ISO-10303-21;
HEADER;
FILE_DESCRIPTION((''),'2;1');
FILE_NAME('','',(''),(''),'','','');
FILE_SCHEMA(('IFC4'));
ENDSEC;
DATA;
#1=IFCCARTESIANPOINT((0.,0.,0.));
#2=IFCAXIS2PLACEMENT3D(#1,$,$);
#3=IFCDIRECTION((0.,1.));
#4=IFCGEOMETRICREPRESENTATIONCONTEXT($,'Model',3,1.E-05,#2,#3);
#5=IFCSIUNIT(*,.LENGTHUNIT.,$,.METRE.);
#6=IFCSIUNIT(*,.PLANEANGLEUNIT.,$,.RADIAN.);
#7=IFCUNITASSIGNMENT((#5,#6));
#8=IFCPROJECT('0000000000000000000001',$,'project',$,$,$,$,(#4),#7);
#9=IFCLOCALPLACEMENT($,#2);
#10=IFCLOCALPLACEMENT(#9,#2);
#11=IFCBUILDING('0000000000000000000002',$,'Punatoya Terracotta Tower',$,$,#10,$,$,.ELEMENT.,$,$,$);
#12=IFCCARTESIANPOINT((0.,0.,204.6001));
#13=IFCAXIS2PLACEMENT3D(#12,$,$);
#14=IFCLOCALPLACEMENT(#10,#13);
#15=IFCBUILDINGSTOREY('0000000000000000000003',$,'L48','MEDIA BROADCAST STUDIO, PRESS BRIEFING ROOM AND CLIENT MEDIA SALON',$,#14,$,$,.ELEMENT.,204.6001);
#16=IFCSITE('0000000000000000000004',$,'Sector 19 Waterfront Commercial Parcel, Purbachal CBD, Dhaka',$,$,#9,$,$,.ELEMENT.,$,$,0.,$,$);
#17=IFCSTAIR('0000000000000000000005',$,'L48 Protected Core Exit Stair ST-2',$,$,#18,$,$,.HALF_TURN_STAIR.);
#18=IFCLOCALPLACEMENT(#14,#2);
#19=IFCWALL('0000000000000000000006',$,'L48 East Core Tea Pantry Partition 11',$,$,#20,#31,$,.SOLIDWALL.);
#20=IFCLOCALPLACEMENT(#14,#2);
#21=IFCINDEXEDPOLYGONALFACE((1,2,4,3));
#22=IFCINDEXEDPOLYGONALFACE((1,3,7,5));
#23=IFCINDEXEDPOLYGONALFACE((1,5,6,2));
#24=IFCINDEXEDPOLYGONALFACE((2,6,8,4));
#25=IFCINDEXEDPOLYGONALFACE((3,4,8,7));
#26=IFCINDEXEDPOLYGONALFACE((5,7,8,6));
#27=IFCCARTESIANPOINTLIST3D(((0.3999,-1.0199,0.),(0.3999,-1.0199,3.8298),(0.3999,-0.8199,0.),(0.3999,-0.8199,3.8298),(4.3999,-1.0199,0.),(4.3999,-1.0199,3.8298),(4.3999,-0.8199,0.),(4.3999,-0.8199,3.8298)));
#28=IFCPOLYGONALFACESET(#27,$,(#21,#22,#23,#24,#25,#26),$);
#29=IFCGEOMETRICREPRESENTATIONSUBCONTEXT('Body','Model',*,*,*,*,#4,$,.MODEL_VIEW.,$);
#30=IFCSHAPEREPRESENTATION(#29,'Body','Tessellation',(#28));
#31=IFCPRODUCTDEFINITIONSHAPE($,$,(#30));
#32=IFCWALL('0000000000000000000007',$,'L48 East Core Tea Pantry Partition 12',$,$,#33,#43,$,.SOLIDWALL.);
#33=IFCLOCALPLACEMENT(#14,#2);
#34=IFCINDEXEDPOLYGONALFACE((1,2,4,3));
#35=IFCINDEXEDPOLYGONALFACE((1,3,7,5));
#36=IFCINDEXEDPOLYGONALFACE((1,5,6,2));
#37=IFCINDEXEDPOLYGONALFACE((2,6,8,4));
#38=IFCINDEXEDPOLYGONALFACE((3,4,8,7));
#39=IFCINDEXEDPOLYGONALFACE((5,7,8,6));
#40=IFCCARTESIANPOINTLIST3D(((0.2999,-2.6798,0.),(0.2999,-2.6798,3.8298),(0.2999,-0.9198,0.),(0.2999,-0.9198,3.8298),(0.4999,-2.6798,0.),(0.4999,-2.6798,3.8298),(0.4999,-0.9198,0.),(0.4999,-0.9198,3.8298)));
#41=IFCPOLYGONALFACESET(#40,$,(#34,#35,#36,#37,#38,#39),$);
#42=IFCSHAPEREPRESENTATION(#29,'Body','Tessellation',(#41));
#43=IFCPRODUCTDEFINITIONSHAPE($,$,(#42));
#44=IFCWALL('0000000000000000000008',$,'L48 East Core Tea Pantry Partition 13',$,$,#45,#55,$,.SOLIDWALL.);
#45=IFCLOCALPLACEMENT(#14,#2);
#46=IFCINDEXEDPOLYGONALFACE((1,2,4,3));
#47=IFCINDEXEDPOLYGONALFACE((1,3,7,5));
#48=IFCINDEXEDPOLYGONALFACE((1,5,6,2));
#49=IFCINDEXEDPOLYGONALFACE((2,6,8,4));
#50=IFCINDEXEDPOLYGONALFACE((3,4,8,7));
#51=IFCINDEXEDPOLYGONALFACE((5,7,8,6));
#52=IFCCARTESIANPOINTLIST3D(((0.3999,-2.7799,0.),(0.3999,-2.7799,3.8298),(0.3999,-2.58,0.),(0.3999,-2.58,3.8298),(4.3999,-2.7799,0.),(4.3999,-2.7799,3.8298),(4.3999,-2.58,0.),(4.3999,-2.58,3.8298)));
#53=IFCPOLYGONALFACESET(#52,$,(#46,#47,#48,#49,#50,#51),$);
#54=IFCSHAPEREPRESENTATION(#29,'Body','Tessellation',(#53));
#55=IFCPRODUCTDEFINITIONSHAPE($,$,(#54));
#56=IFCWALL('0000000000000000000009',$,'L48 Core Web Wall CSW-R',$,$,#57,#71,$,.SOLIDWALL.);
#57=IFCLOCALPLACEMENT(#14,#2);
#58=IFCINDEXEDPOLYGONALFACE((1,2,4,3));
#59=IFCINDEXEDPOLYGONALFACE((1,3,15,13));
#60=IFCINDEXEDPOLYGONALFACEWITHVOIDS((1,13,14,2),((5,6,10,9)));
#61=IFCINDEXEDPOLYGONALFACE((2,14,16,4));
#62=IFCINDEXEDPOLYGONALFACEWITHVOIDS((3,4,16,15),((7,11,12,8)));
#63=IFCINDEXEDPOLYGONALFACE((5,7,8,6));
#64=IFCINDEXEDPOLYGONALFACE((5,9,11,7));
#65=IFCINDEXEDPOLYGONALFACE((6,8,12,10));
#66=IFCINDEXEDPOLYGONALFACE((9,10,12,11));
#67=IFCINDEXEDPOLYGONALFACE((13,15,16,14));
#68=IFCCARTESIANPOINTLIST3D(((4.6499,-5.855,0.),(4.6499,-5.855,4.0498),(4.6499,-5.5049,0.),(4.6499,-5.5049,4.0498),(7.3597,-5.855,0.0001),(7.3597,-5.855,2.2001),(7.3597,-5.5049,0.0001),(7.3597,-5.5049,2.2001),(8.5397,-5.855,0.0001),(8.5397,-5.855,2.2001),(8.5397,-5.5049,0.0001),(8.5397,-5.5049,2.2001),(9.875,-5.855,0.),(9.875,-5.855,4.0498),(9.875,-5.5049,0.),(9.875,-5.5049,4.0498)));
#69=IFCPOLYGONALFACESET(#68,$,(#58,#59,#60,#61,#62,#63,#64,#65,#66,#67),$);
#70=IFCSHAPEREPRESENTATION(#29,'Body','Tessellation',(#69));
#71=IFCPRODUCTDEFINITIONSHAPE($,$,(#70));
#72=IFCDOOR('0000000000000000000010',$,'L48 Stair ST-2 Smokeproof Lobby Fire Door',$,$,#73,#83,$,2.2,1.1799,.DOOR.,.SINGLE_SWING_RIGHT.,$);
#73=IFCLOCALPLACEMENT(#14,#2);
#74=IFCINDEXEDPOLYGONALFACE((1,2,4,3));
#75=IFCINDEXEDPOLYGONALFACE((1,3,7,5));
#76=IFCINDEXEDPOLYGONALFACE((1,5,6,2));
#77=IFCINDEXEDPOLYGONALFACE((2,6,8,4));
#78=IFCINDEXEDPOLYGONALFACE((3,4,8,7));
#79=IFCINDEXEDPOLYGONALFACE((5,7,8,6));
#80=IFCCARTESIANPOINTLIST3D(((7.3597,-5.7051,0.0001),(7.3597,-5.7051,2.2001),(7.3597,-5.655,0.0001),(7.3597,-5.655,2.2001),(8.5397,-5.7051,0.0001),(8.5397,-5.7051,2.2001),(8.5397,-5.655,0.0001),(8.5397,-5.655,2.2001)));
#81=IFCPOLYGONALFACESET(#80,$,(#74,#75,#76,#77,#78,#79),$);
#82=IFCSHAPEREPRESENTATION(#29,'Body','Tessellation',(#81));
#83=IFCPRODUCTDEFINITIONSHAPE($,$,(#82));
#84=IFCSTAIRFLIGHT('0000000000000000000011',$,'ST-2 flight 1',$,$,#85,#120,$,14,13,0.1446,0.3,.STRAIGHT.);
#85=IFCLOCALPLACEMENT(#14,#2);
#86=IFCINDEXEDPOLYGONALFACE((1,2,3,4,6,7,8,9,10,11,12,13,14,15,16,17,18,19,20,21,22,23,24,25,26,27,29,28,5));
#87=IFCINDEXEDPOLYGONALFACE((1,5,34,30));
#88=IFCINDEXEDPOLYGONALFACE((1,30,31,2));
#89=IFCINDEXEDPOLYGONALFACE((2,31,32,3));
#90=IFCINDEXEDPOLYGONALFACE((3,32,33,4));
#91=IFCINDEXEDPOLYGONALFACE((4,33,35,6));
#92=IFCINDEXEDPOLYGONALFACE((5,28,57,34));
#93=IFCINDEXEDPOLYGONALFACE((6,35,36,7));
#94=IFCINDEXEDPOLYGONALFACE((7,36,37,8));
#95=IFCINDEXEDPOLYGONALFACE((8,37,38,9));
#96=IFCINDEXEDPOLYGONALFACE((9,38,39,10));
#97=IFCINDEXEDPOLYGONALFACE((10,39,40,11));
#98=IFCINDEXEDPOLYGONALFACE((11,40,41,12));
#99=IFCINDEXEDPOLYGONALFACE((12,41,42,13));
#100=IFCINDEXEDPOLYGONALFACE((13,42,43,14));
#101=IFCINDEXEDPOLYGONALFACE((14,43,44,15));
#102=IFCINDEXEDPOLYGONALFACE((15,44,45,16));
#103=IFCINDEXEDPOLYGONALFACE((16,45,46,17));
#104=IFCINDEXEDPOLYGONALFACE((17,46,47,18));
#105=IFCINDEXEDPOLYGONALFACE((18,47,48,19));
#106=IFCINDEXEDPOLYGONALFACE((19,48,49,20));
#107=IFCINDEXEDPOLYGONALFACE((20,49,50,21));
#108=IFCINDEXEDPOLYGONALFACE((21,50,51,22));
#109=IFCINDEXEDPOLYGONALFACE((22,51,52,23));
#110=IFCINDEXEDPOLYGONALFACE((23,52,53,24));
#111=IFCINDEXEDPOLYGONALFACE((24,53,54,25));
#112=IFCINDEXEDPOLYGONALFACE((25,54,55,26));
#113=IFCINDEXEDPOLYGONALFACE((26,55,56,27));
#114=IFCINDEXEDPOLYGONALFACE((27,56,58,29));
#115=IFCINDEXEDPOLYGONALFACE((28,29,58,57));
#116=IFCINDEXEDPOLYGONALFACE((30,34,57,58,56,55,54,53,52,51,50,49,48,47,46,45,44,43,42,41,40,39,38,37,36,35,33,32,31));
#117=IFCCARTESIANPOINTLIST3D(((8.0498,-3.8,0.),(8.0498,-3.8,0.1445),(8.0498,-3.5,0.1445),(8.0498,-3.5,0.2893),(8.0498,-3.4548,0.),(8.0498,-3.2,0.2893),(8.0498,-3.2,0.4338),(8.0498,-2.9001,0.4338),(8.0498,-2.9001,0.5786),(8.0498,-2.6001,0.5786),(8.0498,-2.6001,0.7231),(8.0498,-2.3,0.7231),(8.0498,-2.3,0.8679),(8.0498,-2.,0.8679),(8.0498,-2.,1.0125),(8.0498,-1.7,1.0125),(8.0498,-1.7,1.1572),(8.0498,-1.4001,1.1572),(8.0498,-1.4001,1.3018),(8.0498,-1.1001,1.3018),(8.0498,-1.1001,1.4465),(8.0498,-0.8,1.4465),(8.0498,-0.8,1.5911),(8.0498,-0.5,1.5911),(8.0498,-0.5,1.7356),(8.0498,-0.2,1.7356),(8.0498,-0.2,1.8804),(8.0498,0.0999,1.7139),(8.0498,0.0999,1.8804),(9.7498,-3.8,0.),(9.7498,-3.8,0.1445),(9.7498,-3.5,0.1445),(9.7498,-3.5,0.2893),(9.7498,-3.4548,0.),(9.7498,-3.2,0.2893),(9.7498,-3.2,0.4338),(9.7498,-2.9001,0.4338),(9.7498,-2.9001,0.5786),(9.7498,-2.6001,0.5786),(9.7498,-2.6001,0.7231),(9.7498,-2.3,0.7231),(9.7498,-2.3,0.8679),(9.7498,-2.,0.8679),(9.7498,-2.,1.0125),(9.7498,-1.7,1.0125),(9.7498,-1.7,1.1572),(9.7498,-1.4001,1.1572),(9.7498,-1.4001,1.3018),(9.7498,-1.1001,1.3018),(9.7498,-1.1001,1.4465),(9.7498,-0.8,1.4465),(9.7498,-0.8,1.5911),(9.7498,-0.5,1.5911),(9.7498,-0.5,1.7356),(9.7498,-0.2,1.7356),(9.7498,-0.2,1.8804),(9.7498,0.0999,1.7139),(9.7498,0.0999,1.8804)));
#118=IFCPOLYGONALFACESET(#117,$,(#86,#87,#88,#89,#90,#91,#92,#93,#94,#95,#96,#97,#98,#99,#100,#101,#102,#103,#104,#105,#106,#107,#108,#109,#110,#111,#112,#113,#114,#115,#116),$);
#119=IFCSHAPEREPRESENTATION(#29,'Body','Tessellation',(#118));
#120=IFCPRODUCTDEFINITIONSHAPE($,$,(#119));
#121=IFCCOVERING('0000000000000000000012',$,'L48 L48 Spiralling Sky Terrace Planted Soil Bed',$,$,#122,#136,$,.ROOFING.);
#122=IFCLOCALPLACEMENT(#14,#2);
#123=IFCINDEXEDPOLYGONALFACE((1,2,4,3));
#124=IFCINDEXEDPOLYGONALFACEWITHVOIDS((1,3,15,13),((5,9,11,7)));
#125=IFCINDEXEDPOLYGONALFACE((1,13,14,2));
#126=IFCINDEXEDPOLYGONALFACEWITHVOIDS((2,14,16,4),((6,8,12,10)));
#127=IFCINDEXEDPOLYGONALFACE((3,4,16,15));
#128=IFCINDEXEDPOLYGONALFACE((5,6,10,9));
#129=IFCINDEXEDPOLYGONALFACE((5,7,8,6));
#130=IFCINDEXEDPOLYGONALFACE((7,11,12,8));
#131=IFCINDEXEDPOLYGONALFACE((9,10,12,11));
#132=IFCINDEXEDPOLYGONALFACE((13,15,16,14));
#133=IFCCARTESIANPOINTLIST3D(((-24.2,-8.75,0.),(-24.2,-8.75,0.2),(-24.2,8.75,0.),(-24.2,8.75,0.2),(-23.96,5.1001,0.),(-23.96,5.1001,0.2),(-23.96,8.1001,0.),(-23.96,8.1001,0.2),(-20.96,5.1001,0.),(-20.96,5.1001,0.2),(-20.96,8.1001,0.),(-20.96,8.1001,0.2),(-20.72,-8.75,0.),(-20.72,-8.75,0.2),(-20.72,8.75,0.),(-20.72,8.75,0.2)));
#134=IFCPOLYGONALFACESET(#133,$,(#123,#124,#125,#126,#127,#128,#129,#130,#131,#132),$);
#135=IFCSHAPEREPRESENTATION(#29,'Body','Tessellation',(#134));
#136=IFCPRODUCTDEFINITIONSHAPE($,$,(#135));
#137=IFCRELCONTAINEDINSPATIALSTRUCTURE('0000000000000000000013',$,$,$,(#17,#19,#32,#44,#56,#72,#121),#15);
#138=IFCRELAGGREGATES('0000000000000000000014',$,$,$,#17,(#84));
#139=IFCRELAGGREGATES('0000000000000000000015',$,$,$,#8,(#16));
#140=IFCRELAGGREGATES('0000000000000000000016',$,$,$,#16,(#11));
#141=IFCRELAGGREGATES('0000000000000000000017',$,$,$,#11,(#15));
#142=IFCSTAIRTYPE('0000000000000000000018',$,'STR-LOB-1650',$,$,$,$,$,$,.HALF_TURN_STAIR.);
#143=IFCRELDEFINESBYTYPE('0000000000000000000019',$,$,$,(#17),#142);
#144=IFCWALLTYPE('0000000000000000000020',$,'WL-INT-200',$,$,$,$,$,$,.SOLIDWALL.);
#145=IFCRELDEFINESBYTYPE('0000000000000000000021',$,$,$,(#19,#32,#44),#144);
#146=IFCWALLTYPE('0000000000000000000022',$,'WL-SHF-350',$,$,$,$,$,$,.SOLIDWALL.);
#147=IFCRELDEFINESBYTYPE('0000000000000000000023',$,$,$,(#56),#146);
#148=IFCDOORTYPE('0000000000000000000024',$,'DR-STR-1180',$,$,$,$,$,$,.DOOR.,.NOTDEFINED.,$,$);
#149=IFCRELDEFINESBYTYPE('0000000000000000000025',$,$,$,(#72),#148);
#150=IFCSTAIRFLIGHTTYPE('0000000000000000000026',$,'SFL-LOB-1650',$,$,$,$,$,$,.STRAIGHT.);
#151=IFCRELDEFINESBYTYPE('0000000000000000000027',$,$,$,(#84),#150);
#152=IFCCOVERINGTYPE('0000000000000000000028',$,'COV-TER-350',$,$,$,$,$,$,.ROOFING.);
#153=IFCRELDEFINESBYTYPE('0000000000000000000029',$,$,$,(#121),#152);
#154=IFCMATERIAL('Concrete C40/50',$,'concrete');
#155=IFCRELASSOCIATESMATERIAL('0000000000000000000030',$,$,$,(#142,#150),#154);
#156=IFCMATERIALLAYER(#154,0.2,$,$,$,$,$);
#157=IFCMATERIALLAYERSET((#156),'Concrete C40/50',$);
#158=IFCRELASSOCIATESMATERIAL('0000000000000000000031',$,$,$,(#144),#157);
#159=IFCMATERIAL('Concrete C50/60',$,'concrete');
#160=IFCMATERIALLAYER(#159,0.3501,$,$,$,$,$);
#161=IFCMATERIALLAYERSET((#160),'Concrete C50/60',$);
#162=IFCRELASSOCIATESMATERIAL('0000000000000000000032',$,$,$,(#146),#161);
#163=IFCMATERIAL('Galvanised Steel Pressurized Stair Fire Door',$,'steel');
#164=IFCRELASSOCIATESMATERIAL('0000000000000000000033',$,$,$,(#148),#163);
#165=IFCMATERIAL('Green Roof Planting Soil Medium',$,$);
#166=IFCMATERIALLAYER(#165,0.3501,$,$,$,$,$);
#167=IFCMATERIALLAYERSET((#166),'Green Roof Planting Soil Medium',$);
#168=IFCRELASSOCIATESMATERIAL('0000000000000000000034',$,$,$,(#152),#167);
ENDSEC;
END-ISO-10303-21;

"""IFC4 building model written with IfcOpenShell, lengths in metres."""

from ifc_helpers import new_model, si_unit, direction, frame, frame_2d, origin, place, context, subcontext, project, spatial, polyline, rectangle, outline, extrude, material, layer, layer_set, type_object, element, fill, aggregate, save


model = new_model("IFC4")

# Units and contexts
model_context = context("Model", 3, precision=1e-05, world=origin(), true_north=direction((0.0, 1.0)))
body_context = subcontext(model_context, "Body", "Model", "MODEL_VIEW")
ifc_project = project(units=[si_unit("LENGTHUNIT", "METRE"), si_unit("PLANEANGLEUNIT", "RADIAN")], contexts=[model_context])

# Site, building, storey
site_placement = place(None, origin())
site = spatial("IfcSite", under=ifc_project, at=site_placement, Name="Sector 19 Waterfront Commercial Parcel, Purbachal CBD, Dhaka", CompositionType="ELEMENT", RefElevation=0.0)
building_placement = place(site_placement, origin())
building = spatial("IfcBuilding", under=site, at=building_placement, Name="Punatoya Terracotta Tower", CompositionType="ELEMENT")
storey_placement = place(building_placement, frame((0.0, 0.0, 204.6001)))
storey = spatial("IfcBuildingStorey", under=building, at=storey_placement, Name="L48", Description="MEDIA BROADCAST STUDIO, PRESS BRIEFING ROOM AND CLIENT MEDIA SALON", CompositionType="ELEMENT", Elevation=204.6001)

# Stair
ifc_material_1 = material(Name="Concrete C40/50", Category="concrete")
stair_type_1 = type_object("IfcStairType", Name="STR-LOB-1650", PredefinedType="HALF_TURN_STAIR", material=ifc_material_1)
stair_1_placement = place(storey_placement, origin())
stair_1 = element("IfcStair", 1, at=stair_1_placement, inside=storey, type_object=stair_type_1, Name="L48 Protected Core Exit Stair ST-2", PredefinedType="HALF_TURN_STAIR")

# Shared definitions
ifc_layer_1 = layer(ifc_material_1, 0.2)
ifc_layer_set_1 = layer_set([ifc_layer_1], Name="Concrete C40/50")
wall_type_1 = type_object("IfcWallType", Name="WL-INT-200", PredefinedType="SOLIDWALL", material=ifc_layer_set_1)

# Walls
wall_1_placement = place(storey_placement, frame((4.3999, -0.9199, 0.0), z_axis=(0.0, 0.0, 1.0), x_axis=(-1.0, 0.0, 0.0)))
element("IfcWall", 2, at=wall_1_placement, inside=storey, type_object=wall_type_1, Name="L48 East Core Tea Pantry Partition 11", PredefinedType="SOLIDWALL", context=body_context, shape_type="SweptSolid", body=[
    extrude(rectangle(XDim=4.0, YDim=0.2, at=frame_2d((2.0, 0.0))), origin(), (0.0, 0.0, 1.0), 3.8298),
])
wall_2_placement = place(storey_placement, frame((0.3999, -0.9199, 0.0), z_axis=(0.0, 0.0, 1.0), x_axis=(0.0, -1.0, 0.0)))
element("IfcWall", 3, at=wall_2_placement, inside=storey, type_object=wall_type_1, Name="L48 East Core Tea Pantry Partition 12", PredefinedType="SOLIDWALL", context=body_context, shape_type="SweptSolid", body=[
    extrude(rectangle(XDim=1.76, YDim=0.2, at=frame_2d((0.8799, 0.0))), origin(), (0.0, 0.0, 1.0), 3.8298),
])
wall_3_placement = place(storey_placement, frame((0.3999, -2.6799, 0.0), z_axis=(0.0, 0.0, 1.0), x_axis=(1.0, 0.0, 0.0)))
element("IfcWall", 4, at=wall_3_placement, inside=storey, type_object=wall_type_1, Name="L48 East Core Tea Pantry Partition 13", PredefinedType="SOLIDWALL", context=body_context, shape_type="SweptSolid", body=[
    extrude(rectangle(XDim=4.0, YDim=0.2, at=frame_2d((2.0, 0.0))), origin(), (0.0, 0.0, 1.0), 3.8298),
])

# Wall, opening, door
ifc_material_2 = material(Name="Concrete C50/60", Category="concrete")
ifc_layer_2 = layer(ifc_material_2, 0.3501)
ifc_layer_set_2 = layer_set([ifc_layer_2], Name="Concrete C50/60")
wall_type_2 = type_object("IfcWallType", Name="WL-SHF-350", PredefinedType="SOLIDWALL", material=ifc_layer_set_2)
wall_4_placement = place(storey_placement, frame((4.6499, -5.6799, 0.0), z_axis=(0.0, 0.0, 1.0), x_axis=(1.0, 0.0, 0.0)))
wall_4 = element("IfcWall", 5, at=wall_4_placement, inside=storey, type_object=wall_type_2, Name="L48 Core Web Wall CSW-R", PredefinedType="SOLIDWALL", context=body_context, shape_type="SweptSolid", body=[
    extrude(rectangle(XDim=5.2251, YDim=0.3501, at=frame_2d((2.6125, 0.0))), origin(), (0.0, 0.0, 1.0), 4.0498),
])
opening_1_placement = place(wall_4_placement, frame((2.71, 0.0, 0.0)))
opening_1 = element("IfcOpeningElement", 6, at=opening_1_placement, cuts=wall_4, PredefinedType="OPENING", context=body_context, shape_type="SweptSolid", body=[
    extrude(rectangle(XDim=1.1799, YDim=2.2, at=frame_2d((0.5898, 1.1001))), frame((0.0, 0.1851, 0.0), z_axis=(0.0, -1.0, 0.0), x_axis=(1.0, 0.0, 0.0)), (0.0, 0.0, 1.0), 0.3701),
])
ifc_material_3 = material(Name="Galvanised Steel Pressurized Stair Fire Door", Category="steel")
door_type_1 = type_object("IfcDoorType", Name="DR-STR-1180", OperationType="NOTDEFINED", PredefinedType="DOOR", material=ifc_material_3)
door_1_placement = place(opening_1_placement, origin())
door_1 = element("IfcDoor", 7, at=door_1_placement, inside=storey, type_object=door_type_1, Name="L48 Stair ST-2 Smokeproof Lobby Fire Door", OperationType="SINGLE_SWING_RIGHT", OverallHeight=2.2, OverallWidth=1.1799, PredefinedType="DOOR", context=body_context, shape_type="SweptSolid", body=[
    extrude(rectangle(XDim=1.1799, YDim=2.2, at=frame_2d((0.5898, 1.1001))), frame((0.0, 0.0249, 0.0), z_axis=(0.0, -1.0, 0.0), x_axis=(1.0, 0.0, 0.0)), (0.0, 0.0, 1.0), 0.05),
])
fill(opening_1, door_1)

# Stair flight
stair_flight_type = type_object("IfcStairFlightType", Name="SFL-LOB-1650", PredefinedType="STRAIGHT", material=ifc_material_1)
stair_flight_placement = place(storey_placement, frame((8.8999, -3.8, 0.0), z_axis=(0.0, 0.0, 1.0), x_axis=(0.0, 1.0, 0.0)))
stair_flight = element("IfcStairFlight", 8, at=stair_flight_placement, type_object=stair_flight_type, Name="ST-2 flight 1", NumberOfRisers=14, NumberOfTreads=13, PredefinedType="STRAIGHT", RiserHeight=0.1446, TreadLength=0.3, context=body_context, shape_type="SweptSolid", body=[
    extrude(outline(polyline([(0.0, 0.0), (0.0, 0.1445), (0.3, 0.1445), (0.3, 0.2893), (0.6001, 0.2893), (0.6001, 0.4338), (0.8999, 0.4338), (0.8999, 0.5786), (1.2, 0.5786), (1.2, 0.7231), (1.5, 0.7231), (1.5, 0.8679), (1.8, 0.8679), (1.8, 1.0125), (2.1001, 1.0125), (2.1001, 1.1572), (2.3999, 1.1572), (2.3999, 1.3018), (2.7, 1.3018), (2.7, 1.4465), (3.0, 1.4465), (3.0, 1.5911), (3.3, 1.5911), (3.3, 1.7356), (3.6001, 1.7356), (3.6001, 1.8804), (3.8999, 1.8804), (3.8999, 2.0249), (3.8999, 1.7139), (0.3452, 0.0), (0.0, 0.0)])), frame((0.0, 0.8501, 0.0), z_axis=(0.0, -1.0, 0.0), x_axis=(1.0, 0.0, 0.0)), (0.0, 0.0, 1.0), 1.7),
])
aggregate(stair_1, [stair_flight])

# Covering
ifc_material_4 = material(Name="Green Roof Planting Soil Medium")
ifc_layer_3 = layer(ifc_material_4, 0.3501)
ifc_layer_set_3 = layer_set([ifc_layer_3], Name="Green Roof Planting Soil Medium")
covering_type = type_object("IfcCoveringType", Name="COV-TER-350", PredefinedType="ROOFING", material=ifc_layer_set_3)
covering_placement = place(storey_placement, origin())
element("IfcCovering", 9, at=covering_placement, inside=storey, type_object=covering_type, Name="L48 L48 Spiralling Sky Terrace Planted Soil Bed", PredefinedType="ROOFING", context=body_context, shape_type="SweptSolid", body=[
    extrude(outline(polyline([(-24.2, 8.75), (-20.72, 8.75), (-20.72, -8.75), (-24.2, -8.75), (-24.2, 8.75)]), holes=[polyline([(-20.96, 8.1001), (-23.96, 8.1001), (-23.96, 5.1001), (-20.96, 5.1001), (-20.96, 8.1001)])]), origin(), (0.0, 0.0, 1.0), 0.2),
])

save(model, "model.ifc")
